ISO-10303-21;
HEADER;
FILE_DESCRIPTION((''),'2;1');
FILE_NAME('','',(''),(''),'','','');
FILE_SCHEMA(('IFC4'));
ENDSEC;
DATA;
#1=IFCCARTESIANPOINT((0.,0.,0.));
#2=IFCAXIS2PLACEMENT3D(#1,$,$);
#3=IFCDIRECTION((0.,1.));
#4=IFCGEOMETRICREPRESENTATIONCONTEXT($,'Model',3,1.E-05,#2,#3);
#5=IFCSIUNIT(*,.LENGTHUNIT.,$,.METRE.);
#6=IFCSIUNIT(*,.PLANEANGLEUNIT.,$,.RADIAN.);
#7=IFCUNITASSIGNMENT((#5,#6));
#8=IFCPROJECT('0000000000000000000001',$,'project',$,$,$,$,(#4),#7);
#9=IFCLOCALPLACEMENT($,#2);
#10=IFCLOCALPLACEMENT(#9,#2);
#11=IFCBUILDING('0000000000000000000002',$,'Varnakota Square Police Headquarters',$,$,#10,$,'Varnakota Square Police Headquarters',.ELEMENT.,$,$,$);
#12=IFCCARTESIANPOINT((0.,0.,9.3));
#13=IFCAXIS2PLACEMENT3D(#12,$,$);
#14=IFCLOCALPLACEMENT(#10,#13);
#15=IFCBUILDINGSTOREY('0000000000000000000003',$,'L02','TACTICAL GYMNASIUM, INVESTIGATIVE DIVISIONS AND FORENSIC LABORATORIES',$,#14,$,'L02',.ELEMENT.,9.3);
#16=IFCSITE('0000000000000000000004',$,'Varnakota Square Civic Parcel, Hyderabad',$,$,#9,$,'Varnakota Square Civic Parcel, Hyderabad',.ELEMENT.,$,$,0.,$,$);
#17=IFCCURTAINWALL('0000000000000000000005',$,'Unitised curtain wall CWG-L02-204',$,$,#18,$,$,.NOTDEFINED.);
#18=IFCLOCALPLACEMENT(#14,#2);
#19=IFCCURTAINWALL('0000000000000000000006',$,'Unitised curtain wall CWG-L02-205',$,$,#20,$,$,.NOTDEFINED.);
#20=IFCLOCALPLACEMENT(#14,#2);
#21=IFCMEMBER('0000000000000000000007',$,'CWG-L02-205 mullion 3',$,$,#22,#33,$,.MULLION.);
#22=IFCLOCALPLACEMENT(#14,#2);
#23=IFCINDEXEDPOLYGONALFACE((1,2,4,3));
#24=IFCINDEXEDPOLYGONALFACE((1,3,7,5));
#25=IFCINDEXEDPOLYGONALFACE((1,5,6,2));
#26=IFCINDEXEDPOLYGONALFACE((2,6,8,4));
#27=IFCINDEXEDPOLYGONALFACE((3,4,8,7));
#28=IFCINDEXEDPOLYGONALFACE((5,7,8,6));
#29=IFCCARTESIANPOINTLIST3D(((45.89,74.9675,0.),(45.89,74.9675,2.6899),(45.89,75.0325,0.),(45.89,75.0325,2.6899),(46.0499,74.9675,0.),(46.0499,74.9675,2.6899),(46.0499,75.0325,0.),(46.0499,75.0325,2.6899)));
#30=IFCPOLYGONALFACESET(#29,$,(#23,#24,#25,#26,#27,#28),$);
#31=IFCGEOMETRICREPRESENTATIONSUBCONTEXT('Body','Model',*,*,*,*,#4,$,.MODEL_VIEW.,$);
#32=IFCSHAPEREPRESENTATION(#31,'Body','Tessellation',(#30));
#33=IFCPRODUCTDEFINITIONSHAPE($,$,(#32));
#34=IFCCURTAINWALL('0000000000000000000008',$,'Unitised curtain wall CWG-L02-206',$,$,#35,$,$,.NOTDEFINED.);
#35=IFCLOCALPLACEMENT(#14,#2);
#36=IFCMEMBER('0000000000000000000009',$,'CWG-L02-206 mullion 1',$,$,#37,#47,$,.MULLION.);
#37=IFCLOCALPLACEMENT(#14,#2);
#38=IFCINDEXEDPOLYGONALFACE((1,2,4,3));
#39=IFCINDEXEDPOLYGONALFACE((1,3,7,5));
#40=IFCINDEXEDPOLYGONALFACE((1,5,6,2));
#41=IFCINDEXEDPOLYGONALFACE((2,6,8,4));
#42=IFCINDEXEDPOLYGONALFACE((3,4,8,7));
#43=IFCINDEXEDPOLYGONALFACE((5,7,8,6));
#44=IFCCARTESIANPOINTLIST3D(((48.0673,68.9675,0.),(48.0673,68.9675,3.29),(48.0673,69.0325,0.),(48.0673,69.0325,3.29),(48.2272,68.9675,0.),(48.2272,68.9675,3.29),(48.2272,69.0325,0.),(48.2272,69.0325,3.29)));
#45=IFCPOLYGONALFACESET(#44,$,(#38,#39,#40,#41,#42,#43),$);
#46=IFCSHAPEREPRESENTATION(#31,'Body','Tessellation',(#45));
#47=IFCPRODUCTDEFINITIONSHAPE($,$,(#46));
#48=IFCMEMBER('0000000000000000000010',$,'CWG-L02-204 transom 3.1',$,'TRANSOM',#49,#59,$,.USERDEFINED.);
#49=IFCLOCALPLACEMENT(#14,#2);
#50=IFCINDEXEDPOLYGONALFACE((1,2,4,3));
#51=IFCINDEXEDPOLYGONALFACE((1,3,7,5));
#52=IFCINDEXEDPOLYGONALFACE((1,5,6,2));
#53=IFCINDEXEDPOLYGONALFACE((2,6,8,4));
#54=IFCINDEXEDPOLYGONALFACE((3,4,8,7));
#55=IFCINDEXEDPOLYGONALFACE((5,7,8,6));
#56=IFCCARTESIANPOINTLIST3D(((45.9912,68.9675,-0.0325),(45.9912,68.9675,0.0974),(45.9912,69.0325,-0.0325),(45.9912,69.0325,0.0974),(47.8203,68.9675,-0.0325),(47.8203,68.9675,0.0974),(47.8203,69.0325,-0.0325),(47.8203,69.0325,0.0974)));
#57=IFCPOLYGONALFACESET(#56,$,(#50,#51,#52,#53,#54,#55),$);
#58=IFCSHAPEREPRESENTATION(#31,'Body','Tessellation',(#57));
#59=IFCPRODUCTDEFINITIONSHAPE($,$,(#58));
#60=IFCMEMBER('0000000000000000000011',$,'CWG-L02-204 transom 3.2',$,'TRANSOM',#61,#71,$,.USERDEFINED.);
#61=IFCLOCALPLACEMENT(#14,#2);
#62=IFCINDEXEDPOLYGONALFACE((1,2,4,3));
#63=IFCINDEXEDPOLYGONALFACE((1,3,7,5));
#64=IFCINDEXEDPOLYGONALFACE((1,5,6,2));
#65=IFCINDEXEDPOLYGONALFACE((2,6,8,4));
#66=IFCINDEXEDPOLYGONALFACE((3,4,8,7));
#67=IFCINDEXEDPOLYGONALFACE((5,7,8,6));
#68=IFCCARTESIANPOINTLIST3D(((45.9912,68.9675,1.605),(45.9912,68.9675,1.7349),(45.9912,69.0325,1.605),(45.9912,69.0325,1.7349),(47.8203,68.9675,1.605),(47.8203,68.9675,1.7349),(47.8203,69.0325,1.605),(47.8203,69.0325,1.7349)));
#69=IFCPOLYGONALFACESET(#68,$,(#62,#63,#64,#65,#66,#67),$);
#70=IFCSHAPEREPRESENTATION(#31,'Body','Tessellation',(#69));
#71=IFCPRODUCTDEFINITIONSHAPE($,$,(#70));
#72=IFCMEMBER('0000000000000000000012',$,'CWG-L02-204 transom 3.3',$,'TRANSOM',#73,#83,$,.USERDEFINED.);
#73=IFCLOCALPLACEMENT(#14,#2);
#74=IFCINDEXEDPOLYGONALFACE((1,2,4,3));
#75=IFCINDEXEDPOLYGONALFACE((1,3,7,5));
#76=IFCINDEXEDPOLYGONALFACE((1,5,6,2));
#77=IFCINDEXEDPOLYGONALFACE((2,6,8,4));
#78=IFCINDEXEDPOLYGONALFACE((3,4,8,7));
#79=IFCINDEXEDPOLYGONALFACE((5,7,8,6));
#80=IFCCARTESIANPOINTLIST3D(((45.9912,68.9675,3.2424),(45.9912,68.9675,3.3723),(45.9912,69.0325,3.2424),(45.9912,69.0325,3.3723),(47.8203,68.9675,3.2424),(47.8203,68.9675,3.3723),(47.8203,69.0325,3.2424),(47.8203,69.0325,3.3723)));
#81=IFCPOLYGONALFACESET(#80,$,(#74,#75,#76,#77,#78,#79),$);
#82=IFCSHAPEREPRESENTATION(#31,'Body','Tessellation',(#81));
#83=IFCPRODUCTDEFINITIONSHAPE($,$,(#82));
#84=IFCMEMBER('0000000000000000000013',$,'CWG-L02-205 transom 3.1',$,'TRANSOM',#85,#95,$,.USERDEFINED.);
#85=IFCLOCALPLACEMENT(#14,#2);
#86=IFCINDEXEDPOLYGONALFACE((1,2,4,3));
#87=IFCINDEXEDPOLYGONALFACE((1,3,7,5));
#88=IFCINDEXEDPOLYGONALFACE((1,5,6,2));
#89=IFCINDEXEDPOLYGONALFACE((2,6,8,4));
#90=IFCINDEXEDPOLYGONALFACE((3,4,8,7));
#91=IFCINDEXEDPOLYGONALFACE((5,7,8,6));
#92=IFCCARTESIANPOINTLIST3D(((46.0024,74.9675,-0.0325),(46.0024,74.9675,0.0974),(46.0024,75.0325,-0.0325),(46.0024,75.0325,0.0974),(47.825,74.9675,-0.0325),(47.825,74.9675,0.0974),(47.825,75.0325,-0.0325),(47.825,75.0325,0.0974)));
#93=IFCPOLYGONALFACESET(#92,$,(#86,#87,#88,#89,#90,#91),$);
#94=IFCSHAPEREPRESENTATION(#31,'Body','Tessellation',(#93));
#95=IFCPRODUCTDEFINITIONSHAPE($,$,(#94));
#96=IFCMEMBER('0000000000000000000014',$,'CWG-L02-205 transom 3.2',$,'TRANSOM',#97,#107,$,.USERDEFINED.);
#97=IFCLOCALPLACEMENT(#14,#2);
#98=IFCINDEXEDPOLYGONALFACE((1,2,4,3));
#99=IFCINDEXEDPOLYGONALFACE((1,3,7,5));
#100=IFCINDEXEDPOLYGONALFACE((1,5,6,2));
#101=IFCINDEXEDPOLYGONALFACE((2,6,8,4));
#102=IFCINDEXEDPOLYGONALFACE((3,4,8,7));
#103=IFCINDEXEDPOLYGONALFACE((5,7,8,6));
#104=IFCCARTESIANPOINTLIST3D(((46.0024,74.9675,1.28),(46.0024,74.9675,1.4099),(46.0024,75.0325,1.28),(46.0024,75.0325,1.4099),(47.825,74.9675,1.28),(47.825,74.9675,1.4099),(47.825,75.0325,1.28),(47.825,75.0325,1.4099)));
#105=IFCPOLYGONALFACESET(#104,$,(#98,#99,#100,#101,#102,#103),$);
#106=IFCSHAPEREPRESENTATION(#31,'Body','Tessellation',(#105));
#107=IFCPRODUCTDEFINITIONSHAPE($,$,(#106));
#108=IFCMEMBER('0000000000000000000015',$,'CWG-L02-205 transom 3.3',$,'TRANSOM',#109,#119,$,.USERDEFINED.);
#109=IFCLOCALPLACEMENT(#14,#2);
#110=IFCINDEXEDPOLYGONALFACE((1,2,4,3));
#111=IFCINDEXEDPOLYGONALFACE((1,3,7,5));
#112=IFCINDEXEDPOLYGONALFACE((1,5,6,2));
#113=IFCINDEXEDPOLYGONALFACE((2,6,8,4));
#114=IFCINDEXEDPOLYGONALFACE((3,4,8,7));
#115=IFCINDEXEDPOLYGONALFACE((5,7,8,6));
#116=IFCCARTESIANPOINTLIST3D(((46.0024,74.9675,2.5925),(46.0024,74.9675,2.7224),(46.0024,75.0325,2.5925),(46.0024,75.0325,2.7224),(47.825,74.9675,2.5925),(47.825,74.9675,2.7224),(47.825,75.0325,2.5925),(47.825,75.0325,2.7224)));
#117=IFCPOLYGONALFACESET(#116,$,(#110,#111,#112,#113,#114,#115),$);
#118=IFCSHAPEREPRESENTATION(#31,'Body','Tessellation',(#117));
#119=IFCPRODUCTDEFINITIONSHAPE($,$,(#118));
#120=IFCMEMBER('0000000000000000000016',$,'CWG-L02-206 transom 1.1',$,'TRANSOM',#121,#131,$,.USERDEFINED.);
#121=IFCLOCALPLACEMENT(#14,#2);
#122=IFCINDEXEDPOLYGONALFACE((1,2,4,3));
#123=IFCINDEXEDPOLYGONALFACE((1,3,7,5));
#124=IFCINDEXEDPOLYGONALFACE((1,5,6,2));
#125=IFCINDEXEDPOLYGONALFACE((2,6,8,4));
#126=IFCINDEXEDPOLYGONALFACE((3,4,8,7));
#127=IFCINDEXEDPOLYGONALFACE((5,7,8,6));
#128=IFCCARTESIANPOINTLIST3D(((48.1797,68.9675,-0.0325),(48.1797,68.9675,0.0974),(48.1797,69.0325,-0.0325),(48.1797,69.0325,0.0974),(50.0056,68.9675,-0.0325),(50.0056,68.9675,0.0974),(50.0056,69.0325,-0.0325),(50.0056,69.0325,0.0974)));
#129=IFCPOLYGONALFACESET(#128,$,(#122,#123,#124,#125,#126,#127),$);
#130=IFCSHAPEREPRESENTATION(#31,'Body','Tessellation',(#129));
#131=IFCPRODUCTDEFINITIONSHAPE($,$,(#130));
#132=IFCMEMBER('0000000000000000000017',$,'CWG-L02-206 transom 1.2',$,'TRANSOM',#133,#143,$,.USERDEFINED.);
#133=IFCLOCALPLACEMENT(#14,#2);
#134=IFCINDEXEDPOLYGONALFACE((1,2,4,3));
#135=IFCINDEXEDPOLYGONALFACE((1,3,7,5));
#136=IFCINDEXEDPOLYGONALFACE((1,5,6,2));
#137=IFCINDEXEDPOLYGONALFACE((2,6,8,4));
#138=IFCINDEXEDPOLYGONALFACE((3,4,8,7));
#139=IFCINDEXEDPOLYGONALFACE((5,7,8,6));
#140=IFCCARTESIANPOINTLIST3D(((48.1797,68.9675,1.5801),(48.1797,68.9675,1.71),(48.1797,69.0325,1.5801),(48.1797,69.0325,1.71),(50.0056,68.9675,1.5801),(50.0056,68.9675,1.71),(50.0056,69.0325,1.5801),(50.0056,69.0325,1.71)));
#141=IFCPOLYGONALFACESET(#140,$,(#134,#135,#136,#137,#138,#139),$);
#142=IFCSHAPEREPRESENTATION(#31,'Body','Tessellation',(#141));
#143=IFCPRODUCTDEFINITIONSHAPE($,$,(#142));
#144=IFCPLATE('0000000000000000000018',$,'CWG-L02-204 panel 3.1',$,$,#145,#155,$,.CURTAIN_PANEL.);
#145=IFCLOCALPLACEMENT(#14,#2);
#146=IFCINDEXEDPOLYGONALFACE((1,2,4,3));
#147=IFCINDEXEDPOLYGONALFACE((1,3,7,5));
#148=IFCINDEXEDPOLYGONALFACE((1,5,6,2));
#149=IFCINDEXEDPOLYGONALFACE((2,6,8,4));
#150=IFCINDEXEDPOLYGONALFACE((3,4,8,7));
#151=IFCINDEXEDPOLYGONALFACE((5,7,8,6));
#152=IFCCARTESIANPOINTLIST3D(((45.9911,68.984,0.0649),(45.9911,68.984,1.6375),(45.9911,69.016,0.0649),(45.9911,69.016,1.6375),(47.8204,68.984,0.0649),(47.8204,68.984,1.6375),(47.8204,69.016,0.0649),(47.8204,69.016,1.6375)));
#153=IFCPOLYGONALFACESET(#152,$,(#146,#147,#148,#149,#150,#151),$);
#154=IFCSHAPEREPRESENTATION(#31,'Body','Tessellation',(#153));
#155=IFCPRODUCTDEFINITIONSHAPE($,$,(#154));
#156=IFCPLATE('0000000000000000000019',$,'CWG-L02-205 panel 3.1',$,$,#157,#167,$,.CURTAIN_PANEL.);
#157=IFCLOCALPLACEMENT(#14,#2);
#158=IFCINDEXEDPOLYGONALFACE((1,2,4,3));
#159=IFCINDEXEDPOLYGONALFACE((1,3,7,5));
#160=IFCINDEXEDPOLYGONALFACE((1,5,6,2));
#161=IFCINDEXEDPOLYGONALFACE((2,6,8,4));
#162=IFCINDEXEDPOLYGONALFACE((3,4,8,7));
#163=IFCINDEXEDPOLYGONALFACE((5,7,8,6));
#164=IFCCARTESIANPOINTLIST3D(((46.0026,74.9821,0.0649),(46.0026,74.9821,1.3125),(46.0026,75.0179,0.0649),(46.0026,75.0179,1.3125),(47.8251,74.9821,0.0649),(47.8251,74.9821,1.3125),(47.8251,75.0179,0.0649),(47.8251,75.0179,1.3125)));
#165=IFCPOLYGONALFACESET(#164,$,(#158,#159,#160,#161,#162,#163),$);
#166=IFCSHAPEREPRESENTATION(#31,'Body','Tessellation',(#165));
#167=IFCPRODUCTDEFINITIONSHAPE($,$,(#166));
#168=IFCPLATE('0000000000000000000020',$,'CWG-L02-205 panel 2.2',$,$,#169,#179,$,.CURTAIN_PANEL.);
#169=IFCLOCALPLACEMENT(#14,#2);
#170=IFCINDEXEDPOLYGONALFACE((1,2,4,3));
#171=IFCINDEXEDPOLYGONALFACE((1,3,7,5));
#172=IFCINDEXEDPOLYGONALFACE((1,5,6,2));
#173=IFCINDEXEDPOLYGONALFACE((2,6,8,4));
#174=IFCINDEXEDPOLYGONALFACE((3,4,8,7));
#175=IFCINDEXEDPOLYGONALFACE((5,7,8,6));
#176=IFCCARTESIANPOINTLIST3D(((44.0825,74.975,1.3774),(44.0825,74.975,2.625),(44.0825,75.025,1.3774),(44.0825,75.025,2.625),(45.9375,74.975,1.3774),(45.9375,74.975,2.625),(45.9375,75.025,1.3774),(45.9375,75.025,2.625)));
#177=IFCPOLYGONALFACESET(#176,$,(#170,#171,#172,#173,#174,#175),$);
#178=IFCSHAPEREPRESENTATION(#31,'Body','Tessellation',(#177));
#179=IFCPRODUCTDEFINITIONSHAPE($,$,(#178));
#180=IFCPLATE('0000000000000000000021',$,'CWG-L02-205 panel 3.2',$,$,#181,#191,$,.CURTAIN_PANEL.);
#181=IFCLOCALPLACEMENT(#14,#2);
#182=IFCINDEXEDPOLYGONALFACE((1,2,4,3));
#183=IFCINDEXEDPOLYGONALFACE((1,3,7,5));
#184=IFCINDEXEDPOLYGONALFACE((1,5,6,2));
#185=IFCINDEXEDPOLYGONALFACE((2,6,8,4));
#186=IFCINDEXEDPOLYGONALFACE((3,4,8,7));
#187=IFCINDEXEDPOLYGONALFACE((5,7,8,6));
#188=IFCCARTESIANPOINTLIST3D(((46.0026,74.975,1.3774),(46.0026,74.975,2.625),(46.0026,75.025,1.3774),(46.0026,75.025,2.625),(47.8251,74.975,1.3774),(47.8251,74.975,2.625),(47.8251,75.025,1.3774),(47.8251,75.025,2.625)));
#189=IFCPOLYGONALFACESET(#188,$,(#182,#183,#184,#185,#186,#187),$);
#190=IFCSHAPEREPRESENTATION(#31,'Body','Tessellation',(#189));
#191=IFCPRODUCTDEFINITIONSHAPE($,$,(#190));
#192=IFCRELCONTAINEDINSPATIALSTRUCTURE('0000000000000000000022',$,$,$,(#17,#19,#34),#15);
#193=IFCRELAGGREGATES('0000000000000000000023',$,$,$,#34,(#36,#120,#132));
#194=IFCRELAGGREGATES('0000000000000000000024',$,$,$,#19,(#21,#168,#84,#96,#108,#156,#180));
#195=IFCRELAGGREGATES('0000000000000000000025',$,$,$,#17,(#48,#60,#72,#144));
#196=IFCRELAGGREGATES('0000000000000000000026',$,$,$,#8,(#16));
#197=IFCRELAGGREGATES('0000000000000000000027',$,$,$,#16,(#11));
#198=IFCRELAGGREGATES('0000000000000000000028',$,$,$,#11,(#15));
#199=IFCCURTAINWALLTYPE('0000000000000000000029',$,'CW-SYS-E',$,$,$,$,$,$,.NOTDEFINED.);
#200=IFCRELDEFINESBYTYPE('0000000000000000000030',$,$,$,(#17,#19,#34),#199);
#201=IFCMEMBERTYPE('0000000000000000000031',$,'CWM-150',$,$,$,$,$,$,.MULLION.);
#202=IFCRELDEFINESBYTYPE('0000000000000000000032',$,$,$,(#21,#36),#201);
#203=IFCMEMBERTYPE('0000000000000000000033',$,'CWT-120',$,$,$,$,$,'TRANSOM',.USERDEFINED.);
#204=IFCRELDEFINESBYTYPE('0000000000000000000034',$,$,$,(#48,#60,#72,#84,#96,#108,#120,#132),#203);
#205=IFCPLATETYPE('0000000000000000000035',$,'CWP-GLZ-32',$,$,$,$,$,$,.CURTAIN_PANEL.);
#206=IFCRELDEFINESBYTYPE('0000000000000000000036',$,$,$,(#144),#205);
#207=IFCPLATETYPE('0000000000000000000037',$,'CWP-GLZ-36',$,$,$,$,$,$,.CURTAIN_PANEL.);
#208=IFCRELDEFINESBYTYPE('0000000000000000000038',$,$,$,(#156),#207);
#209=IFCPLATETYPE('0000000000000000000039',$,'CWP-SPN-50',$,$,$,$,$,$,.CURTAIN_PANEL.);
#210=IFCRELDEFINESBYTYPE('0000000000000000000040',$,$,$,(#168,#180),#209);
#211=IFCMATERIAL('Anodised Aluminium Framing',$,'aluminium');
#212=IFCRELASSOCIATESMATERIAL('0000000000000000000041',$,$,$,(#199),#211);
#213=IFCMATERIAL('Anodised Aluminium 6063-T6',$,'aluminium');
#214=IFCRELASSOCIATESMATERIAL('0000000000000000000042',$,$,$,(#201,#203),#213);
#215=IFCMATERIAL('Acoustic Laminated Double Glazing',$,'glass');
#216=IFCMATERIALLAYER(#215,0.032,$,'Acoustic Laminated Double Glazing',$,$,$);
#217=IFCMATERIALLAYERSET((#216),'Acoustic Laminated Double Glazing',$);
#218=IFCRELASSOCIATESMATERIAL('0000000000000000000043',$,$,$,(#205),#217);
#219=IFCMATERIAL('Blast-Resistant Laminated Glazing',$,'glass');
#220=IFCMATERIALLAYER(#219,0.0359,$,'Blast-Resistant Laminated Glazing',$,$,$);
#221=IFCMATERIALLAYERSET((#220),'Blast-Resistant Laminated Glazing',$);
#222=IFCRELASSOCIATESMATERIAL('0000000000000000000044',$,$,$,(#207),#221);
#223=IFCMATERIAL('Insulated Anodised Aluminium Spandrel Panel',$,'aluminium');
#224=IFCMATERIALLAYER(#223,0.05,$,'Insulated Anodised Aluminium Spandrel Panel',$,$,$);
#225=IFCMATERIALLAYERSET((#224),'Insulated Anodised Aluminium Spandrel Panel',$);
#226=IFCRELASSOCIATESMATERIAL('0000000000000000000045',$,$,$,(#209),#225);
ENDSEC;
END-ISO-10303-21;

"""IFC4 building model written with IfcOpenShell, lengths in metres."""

from ifc_helpers import new_model, si_unit, direction, frame, origin, origin_2d, place, context, subcontext, project, spatial, rectangle, extrude, material, layer, layer_set, material_profile, profile_set, type_object, element, aggregate, save


model = new_model("IFC4")

# Units and contexts
model_context = context("Model", 3, precision=1e-05, world=origin(), true_north=direction((0.0, 1.0)))
body_context = subcontext(model_context, "Body", "Model", "MODEL_VIEW")
ifc_project = project(units=[si_unit("LENGTHUNIT", "METRE"), si_unit("PLANEANGLEUNIT", "RADIAN")], contexts=[model_context])

# Site, building, storey
site_placement = place(None, origin())
site = spatial("IfcSite", under=ifc_project, at=site_placement, Name="Varnakota Square Civic Parcel, Hyderabad", LongName="Varnakota Square Civic Parcel, Hyderabad", CompositionType="ELEMENT", RefElevation=0.0)
building_placement = place(site_placement, origin())
building = spatial("IfcBuilding", under=site, at=building_placement, Name="Varnakota Square Police Headquarters", LongName="Varnakota Square Police Headquarters", CompositionType="ELEMENT")
storey_placement = place(building_placement, frame((0.0, 0.0, 9.3)))
storey = spatial("IfcBuildingStorey", under=building, at=storey_placement, Name="L02", Description="TACTICAL GYMNASIUM, INVESTIGATIVE DIVISIONS AND FORENSIC LABORATORIES", LongName="L02", CompositionType="ELEMENT", Elevation=9.3)

# Curtain wall
ifc_material_1 = material(Name="Anodised Aluminium Framing", Category="aluminium")
curtain_wall_type = type_object("IfcCurtainWallType", Name="CW-SYS-E", PredefinedType="NOTDEFINED", material=ifc_material_1)
curtain_wall_1_placement = place(storey_placement, origin())
curtain_wall_1 = element("IfcCurtainWall", 1, at=curtain_wall_1_placement, inside=storey, type_object=curtain_wall_type, Name="Unitised curtain wall CWG-L02-204", PredefinedType="NOTDEFINED")
ifc_material_2 = material(Name="Anodised Aluminium 6063-T6", Category="aluminium")
ifc_material_profile_1 = material_profile(ifc_material_2, rectangle(XDim=0.0649, YDim=0.1599, at=origin_2d()), Name="ALU MULLION 65x160")
ifc_profile_set_1 = profile_set([ifc_material_profile_1], Name="Anodised Aluminium 6063-T6")
member_type_1 = type_object("IfcMemberType", Name="CWM-150", PredefinedType="MULLION", material=ifc_profile_set_1)

# Curtain walls, members
curtain_wall_2_placement = place(storey_placement, origin())
curtain_wall_2 = element("IfcCurtainWall", 2, at=curtain_wall_2_placement, inside=storey, type_object=curtain_wall_type, Name="Unitised curtain wall CWG-L02-205", PredefinedType="NOTDEFINED")
member_1_placement = place(storey_placement, frame((45.97, 75.0, 0.0), z_axis=(0.0, 0.0, 1.0), x_axis=(0.0, 1.0, 0.0)))
member_1 = element("IfcMember", 3, at=member_1_placement, type_object=member_type_1, Name="CWG-L02-205 mullion 3", PredefinedType="MULLION", context=body_context, shape_type="SweptSolid", body=[
    extrude(rectangle(XDim=0.0649, YDim=0.1599, at=origin_2d()), origin(), (0.0, 0.0, 1.0), 2.6899),
])
curtain_wall_3_placement = place(storey_placement, origin())
curtain_wall_3 = element("IfcCurtainWall", 4, at=curtain_wall_3_placement, inside=storey, type_object=curtain_wall_type, Name="Unitised curtain wall CWG-L02-206", PredefinedType="NOTDEFINED")
member_2_placement = place(storey_placement, frame((48.1472, 69.0, 0.0), z_axis=(0.0, 0.0, 1.0), x_axis=(0.0, 1.0, 0.0)))
member_2 = element("IfcMember", 5, at=member_2_placement, type_object=member_type_1, Name="CWG-L02-206 mullion 1", PredefinedType="MULLION", context=body_context, shape_type="SweptSolid", body=[
    extrude(rectangle(XDim=0.0649, YDim=0.1599, at=origin_2d()), origin(), (0.0, 0.0, 1.0), 3.29),
])

# Members
ifc_material_profile_2 = material_profile(ifc_material_2, rectangle(XDim=0.0649, YDim=0.1299, at=origin_2d()), Name="ALU TRANSOM 65x130")
ifc_profile_set_2 = profile_set([ifc_material_profile_2], Name="Anodised Aluminium 6063-T6")
member_type_2 = type_object("IfcMemberType", Name="CWT-120", ElementType="TRANSOM", PredefinedType="USERDEFINED", material=ifc_profile_set_2)
member_3_placement = place(storey_placement, frame((45.9912, 69.0, 0.0325), z_axis=(1.0, 0.0, 0.0), x_axis=(0.0, 1.0, 0.0)))
member_3 = element("IfcMember", 6, at=member_3_placement, type_object=member_type_2, Name="CWG-L02-204 transom 3.1", ObjectType="TRANSOM", PredefinedType="USERDEFINED", context=body_context, shape_type="SweptSolid", body=[
    extrude(rectangle(XDim=0.0649, YDim=0.1299, at=origin_2d()), origin(), (0.0, 0.0, 1.0), 1.8291),
])
member_4_placement = place(storey_placement, frame((45.9912, 69.0, 1.6699), z_axis=(1.0, 0.0, 0.0), x_axis=(0.0, 1.0, 0.0)))
member_4 = element("IfcMember", 7, at=member_4_placement, type_object=member_type_2, Name="CWG-L02-204 transom 3.2", ObjectType="TRANSOM", PredefinedType="USERDEFINED", context=body_context, shape_type="SweptSolid", body=[
    extrude(rectangle(XDim=0.0649, YDim=0.1299, at=origin_2d()), origin(), (0.0, 0.0, 1.0), 1.8291),
])
member_5_placement = place(storey_placement, frame((45.9912, 69.0, 3.3074), z_axis=(1.0, 0.0, 0.0), x_axis=(0.0, 1.0, 0.0)))
member_5 = element("IfcMember", 8, at=member_5_placement, type_object=member_type_2, Name="CWG-L02-204 transom 3.3", ObjectType="TRANSOM", PredefinedType="USERDEFINED", context=body_context, shape_type="SweptSolid", body=[
    extrude(rectangle(XDim=0.0649, YDim=0.1299, at=origin_2d()), origin(), (0.0, 0.0, 1.0), 1.8291),
])
member_6_placement = place(storey_placement, frame((46.0024, 75.0, 0.0325), z_axis=(1.0, 0.0, 0.0), x_axis=(0.0, 1.0, 0.0)))
member_6 = element("IfcMember", 9, at=member_6_placement, type_object=member_type_2, Name="CWG-L02-205 transom 3.1", ObjectType="TRANSOM", PredefinedType="USERDEFINED", context=body_context, shape_type="SweptSolid", body=[
    extrude(rectangle(XDim=0.0649, YDim=0.1299, at=origin_2d()), origin(), (0.0, 0.0, 1.0), 1.8225),
])
member_7_placement = place(storey_placement, frame((46.0024, 75.0, 1.345), z_axis=(1.0, 0.0, 0.0), x_axis=(0.0, 1.0, 0.0)))
member_7 = element("IfcMember", 10, at=member_7_placement, type_object=member_type_2, Name="CWG-L02-205 transom 3.2", ObjectType="TRANSOM", PredefinedType="USERDEFINED", context=body_context, shape_type="SweptSolid", body=[
    extrude(rectangle(XDim=0.0649, YDim=0.1299, at=origin_2d()), origin(), (0.0, 0.0, 1.0), 1.8225),
])
member_8_placement = place(storey_placement, frame((46.0024, 75.0, 2.6575), z_axis=(1.0, 0.0, 0.0), x_axis=(0.0, 1.0, 0.0)))
member_8 = element("IfcMember", 11, at=member_8_placement, type_object=member_type_2, Name="CWG-L02-205 transom 3.3", ObjectType="TRANSOM", PredefinedType="USERDEFINED", context=body_context, shape_type="SweptSolid", body=[
    extrude(rectangle(XDim=0.0649, YDim=0.1299, at=origin_2d()), origin(), (0.0, 0.0, 1.0), 1.8225),
])
member_9_placement = place(storey_placement, frame((48.1797, 69.0, 0.0325), z_axis=(1.0, 0.0, 0.0), x_axis=(0.0, 1.0, 0.0)))
member_9 = element("IfcMember", 12, at=member_9_placement, type_object=member_type_2, Name="CWG-L02-206 transom 1.1", ObjectType="TRANSOM", PredefinedType="USERDEFINED", context=body_context, shape_type="SweptSolid", body=[
    extrude(rectangle(XDim=0.0649, YDim=0.1299, at=origin_2d()), origin(), (0.0, 0.0, 1.0), 1.8259),
])
member_10_placement = place(storey_placement, frame((48.1797, 69.0, 1.645), z_axis=(1.0, 0.0, 0.0), x_axis=(0.0, 1.0, 0.0)))
member_10 = element("IfcMember", 13, at=member_10_placement, type_object=member_type_2, Name="CWG-L02-206 transom 1.2", ObjectType="TRANSOM", PredefinedType="USERDEFINED", context=body_context, shape_type="SweptSolid", body=[
    extrude(rectangle(XDim=0.0649, YDim=0.1299, at=origin_2d()), origin(), (0.0, 0.0, 1.0), 1.8259),
])
aggregate(curtain_wall_3, [member_2, member_9, member_10])

# Plates
ifc_material_3 = material(Name="Acoustic Laminated Double Glazing", Category="glass")
ifc_layer_1 = layer(ifc_material_3, 0.032, Name="Acoustic Laminated Double Glazing")
ifc_layer_set_1 = layer_set([ifc_layer_1], Name="Acoustic Laminated Double Glazing")
plate_type_1 = type_object("IfcPlateType", Name="CWP-GLZ-32", PredefinedType="CURTAIN_PANEL", material=ifc_layer_set_1)
plate_1_placement = place(storey_placement, frame((46.9058, 69.0, 0.0649), z_axis=(0.0, 0.0, 1.0), x_axis=(1.0, 0.0, 0.0)))
plate_1 = element("IfcPlate", 14, at=plate_1_placement, type_object=plate_type_1, Name="CWG-L02-204 panel 3.1", PredefinedType="CURTAIN_PANEL", context=body_context, shape_type="SweptSolid", body=[
    extrude(rectangle(XDim=1.8293, YDim=0.032, at=origin_2d()), origin(), (0.0, 0.0, 1.0), 1.5725),
])
ifc_material_4 = material(Name="Blast-Resistant Laminated Glazing", Category="glass")
ifc_layer_2 = layer(ifc_material_4, 0.0359, Name="Blast-Resistant Laminated Glazing")
ifc_layer_set_2 = layer_set([ifc_layer_2], Name="Blast-Resistant Laminated Glazing")
plate_type_2 = type_object("IfcPlateType", Name="CWP-GLZ-36", PredefinedType="CURTAIN_PANEL", material=ifc_layer_set_2)
plate_2_placement = place(storey_placement, frame((46.9138, 75.0, 0.0649), z_axis=(0.0, 0.0, 1.0), x_axis=(1.0, 0.0, 0.0)))
plate_2 = element("IfcPlate", 15, at=plate_2_placement, type_object=plate_type_2, Name="CWG-L02-205 panel 3.1", PredefinedType="CURTAIN_PANEL", context=body_context, shape_type="SweptSolid", body=[
    extrude(rectangle(XDim=1.8225, YDim=0.0359, at=origin_2d()), origin(), (0.0, 0.0, 1.0), 1.2476),
])
ifc_material_5 = material(Name="Insulated Anodised Aluminium Spandrel Panel", Category="aluminium")
ifc_layer_3 = layer(ifc_material_5, 0.05, Name="Insulated Anodised Aluminium Spandrel Panel")
ifc_layer_set_3 = layer_set([ifc_layer_3], Name="Insulated Anodised Aluminium Spandrel Panel")
plate_type_3 = type_object("IfcPlateType", Name="CWP-SPN-50", PredefinedType="CURTAIN_PANEL", material=ifc_layer_set_3)
plate_3_placement = place(storey_placement, frame((45.01, 75.0, 1.3774), z_axis=(0.0, 0.0, 1.0), x_axis=(1.0, 0.0, 0.0)))
plate_3 = element("IfcPlate", 16, at=plate_3_placement, type_object=plate_type_3, Name="CWG-L02-205 panel 2.2", PredefinedType="CURTAIN_PANEL", context=body_context, shape_type="SweptSolid", body=[
    extrude(rectangle(XDim=1.855, YDim=0.05, at=origin_2d()), origin(), (0.0, 0.0, 1.0), 1.2476),
])
plate_4_placement = place(storey_placement, frame((46.9138, 75.0, 1.3774), z_axis=(0.0, 0.0, 1.0), x_axis=(1.0, 0.0, 0.0)))
plate_4 = element("IfcPlate", 17, at=plate_4_placement, type_object=plate_type_3, Name="CWG-L02-205 panel 3.2", PredefinedType="CURTAIN_PANEL", context=body_context, shape_type="SweptSolid", body=[
    extrude(rectangle(XDim=1.8225, YDim=0.05, at=origin_2d()), origin(), (0.0, 0.0, 1.0), 1.2476),
])
aggregate(curtain_wall_2, [member_1, plate_3, member_6, member_7, member_8, plate_2, plate_4])
aggregate(curtain_wall_1, [member_3, member_4, member_5, plate_1])

save(model, "model.ifc")
